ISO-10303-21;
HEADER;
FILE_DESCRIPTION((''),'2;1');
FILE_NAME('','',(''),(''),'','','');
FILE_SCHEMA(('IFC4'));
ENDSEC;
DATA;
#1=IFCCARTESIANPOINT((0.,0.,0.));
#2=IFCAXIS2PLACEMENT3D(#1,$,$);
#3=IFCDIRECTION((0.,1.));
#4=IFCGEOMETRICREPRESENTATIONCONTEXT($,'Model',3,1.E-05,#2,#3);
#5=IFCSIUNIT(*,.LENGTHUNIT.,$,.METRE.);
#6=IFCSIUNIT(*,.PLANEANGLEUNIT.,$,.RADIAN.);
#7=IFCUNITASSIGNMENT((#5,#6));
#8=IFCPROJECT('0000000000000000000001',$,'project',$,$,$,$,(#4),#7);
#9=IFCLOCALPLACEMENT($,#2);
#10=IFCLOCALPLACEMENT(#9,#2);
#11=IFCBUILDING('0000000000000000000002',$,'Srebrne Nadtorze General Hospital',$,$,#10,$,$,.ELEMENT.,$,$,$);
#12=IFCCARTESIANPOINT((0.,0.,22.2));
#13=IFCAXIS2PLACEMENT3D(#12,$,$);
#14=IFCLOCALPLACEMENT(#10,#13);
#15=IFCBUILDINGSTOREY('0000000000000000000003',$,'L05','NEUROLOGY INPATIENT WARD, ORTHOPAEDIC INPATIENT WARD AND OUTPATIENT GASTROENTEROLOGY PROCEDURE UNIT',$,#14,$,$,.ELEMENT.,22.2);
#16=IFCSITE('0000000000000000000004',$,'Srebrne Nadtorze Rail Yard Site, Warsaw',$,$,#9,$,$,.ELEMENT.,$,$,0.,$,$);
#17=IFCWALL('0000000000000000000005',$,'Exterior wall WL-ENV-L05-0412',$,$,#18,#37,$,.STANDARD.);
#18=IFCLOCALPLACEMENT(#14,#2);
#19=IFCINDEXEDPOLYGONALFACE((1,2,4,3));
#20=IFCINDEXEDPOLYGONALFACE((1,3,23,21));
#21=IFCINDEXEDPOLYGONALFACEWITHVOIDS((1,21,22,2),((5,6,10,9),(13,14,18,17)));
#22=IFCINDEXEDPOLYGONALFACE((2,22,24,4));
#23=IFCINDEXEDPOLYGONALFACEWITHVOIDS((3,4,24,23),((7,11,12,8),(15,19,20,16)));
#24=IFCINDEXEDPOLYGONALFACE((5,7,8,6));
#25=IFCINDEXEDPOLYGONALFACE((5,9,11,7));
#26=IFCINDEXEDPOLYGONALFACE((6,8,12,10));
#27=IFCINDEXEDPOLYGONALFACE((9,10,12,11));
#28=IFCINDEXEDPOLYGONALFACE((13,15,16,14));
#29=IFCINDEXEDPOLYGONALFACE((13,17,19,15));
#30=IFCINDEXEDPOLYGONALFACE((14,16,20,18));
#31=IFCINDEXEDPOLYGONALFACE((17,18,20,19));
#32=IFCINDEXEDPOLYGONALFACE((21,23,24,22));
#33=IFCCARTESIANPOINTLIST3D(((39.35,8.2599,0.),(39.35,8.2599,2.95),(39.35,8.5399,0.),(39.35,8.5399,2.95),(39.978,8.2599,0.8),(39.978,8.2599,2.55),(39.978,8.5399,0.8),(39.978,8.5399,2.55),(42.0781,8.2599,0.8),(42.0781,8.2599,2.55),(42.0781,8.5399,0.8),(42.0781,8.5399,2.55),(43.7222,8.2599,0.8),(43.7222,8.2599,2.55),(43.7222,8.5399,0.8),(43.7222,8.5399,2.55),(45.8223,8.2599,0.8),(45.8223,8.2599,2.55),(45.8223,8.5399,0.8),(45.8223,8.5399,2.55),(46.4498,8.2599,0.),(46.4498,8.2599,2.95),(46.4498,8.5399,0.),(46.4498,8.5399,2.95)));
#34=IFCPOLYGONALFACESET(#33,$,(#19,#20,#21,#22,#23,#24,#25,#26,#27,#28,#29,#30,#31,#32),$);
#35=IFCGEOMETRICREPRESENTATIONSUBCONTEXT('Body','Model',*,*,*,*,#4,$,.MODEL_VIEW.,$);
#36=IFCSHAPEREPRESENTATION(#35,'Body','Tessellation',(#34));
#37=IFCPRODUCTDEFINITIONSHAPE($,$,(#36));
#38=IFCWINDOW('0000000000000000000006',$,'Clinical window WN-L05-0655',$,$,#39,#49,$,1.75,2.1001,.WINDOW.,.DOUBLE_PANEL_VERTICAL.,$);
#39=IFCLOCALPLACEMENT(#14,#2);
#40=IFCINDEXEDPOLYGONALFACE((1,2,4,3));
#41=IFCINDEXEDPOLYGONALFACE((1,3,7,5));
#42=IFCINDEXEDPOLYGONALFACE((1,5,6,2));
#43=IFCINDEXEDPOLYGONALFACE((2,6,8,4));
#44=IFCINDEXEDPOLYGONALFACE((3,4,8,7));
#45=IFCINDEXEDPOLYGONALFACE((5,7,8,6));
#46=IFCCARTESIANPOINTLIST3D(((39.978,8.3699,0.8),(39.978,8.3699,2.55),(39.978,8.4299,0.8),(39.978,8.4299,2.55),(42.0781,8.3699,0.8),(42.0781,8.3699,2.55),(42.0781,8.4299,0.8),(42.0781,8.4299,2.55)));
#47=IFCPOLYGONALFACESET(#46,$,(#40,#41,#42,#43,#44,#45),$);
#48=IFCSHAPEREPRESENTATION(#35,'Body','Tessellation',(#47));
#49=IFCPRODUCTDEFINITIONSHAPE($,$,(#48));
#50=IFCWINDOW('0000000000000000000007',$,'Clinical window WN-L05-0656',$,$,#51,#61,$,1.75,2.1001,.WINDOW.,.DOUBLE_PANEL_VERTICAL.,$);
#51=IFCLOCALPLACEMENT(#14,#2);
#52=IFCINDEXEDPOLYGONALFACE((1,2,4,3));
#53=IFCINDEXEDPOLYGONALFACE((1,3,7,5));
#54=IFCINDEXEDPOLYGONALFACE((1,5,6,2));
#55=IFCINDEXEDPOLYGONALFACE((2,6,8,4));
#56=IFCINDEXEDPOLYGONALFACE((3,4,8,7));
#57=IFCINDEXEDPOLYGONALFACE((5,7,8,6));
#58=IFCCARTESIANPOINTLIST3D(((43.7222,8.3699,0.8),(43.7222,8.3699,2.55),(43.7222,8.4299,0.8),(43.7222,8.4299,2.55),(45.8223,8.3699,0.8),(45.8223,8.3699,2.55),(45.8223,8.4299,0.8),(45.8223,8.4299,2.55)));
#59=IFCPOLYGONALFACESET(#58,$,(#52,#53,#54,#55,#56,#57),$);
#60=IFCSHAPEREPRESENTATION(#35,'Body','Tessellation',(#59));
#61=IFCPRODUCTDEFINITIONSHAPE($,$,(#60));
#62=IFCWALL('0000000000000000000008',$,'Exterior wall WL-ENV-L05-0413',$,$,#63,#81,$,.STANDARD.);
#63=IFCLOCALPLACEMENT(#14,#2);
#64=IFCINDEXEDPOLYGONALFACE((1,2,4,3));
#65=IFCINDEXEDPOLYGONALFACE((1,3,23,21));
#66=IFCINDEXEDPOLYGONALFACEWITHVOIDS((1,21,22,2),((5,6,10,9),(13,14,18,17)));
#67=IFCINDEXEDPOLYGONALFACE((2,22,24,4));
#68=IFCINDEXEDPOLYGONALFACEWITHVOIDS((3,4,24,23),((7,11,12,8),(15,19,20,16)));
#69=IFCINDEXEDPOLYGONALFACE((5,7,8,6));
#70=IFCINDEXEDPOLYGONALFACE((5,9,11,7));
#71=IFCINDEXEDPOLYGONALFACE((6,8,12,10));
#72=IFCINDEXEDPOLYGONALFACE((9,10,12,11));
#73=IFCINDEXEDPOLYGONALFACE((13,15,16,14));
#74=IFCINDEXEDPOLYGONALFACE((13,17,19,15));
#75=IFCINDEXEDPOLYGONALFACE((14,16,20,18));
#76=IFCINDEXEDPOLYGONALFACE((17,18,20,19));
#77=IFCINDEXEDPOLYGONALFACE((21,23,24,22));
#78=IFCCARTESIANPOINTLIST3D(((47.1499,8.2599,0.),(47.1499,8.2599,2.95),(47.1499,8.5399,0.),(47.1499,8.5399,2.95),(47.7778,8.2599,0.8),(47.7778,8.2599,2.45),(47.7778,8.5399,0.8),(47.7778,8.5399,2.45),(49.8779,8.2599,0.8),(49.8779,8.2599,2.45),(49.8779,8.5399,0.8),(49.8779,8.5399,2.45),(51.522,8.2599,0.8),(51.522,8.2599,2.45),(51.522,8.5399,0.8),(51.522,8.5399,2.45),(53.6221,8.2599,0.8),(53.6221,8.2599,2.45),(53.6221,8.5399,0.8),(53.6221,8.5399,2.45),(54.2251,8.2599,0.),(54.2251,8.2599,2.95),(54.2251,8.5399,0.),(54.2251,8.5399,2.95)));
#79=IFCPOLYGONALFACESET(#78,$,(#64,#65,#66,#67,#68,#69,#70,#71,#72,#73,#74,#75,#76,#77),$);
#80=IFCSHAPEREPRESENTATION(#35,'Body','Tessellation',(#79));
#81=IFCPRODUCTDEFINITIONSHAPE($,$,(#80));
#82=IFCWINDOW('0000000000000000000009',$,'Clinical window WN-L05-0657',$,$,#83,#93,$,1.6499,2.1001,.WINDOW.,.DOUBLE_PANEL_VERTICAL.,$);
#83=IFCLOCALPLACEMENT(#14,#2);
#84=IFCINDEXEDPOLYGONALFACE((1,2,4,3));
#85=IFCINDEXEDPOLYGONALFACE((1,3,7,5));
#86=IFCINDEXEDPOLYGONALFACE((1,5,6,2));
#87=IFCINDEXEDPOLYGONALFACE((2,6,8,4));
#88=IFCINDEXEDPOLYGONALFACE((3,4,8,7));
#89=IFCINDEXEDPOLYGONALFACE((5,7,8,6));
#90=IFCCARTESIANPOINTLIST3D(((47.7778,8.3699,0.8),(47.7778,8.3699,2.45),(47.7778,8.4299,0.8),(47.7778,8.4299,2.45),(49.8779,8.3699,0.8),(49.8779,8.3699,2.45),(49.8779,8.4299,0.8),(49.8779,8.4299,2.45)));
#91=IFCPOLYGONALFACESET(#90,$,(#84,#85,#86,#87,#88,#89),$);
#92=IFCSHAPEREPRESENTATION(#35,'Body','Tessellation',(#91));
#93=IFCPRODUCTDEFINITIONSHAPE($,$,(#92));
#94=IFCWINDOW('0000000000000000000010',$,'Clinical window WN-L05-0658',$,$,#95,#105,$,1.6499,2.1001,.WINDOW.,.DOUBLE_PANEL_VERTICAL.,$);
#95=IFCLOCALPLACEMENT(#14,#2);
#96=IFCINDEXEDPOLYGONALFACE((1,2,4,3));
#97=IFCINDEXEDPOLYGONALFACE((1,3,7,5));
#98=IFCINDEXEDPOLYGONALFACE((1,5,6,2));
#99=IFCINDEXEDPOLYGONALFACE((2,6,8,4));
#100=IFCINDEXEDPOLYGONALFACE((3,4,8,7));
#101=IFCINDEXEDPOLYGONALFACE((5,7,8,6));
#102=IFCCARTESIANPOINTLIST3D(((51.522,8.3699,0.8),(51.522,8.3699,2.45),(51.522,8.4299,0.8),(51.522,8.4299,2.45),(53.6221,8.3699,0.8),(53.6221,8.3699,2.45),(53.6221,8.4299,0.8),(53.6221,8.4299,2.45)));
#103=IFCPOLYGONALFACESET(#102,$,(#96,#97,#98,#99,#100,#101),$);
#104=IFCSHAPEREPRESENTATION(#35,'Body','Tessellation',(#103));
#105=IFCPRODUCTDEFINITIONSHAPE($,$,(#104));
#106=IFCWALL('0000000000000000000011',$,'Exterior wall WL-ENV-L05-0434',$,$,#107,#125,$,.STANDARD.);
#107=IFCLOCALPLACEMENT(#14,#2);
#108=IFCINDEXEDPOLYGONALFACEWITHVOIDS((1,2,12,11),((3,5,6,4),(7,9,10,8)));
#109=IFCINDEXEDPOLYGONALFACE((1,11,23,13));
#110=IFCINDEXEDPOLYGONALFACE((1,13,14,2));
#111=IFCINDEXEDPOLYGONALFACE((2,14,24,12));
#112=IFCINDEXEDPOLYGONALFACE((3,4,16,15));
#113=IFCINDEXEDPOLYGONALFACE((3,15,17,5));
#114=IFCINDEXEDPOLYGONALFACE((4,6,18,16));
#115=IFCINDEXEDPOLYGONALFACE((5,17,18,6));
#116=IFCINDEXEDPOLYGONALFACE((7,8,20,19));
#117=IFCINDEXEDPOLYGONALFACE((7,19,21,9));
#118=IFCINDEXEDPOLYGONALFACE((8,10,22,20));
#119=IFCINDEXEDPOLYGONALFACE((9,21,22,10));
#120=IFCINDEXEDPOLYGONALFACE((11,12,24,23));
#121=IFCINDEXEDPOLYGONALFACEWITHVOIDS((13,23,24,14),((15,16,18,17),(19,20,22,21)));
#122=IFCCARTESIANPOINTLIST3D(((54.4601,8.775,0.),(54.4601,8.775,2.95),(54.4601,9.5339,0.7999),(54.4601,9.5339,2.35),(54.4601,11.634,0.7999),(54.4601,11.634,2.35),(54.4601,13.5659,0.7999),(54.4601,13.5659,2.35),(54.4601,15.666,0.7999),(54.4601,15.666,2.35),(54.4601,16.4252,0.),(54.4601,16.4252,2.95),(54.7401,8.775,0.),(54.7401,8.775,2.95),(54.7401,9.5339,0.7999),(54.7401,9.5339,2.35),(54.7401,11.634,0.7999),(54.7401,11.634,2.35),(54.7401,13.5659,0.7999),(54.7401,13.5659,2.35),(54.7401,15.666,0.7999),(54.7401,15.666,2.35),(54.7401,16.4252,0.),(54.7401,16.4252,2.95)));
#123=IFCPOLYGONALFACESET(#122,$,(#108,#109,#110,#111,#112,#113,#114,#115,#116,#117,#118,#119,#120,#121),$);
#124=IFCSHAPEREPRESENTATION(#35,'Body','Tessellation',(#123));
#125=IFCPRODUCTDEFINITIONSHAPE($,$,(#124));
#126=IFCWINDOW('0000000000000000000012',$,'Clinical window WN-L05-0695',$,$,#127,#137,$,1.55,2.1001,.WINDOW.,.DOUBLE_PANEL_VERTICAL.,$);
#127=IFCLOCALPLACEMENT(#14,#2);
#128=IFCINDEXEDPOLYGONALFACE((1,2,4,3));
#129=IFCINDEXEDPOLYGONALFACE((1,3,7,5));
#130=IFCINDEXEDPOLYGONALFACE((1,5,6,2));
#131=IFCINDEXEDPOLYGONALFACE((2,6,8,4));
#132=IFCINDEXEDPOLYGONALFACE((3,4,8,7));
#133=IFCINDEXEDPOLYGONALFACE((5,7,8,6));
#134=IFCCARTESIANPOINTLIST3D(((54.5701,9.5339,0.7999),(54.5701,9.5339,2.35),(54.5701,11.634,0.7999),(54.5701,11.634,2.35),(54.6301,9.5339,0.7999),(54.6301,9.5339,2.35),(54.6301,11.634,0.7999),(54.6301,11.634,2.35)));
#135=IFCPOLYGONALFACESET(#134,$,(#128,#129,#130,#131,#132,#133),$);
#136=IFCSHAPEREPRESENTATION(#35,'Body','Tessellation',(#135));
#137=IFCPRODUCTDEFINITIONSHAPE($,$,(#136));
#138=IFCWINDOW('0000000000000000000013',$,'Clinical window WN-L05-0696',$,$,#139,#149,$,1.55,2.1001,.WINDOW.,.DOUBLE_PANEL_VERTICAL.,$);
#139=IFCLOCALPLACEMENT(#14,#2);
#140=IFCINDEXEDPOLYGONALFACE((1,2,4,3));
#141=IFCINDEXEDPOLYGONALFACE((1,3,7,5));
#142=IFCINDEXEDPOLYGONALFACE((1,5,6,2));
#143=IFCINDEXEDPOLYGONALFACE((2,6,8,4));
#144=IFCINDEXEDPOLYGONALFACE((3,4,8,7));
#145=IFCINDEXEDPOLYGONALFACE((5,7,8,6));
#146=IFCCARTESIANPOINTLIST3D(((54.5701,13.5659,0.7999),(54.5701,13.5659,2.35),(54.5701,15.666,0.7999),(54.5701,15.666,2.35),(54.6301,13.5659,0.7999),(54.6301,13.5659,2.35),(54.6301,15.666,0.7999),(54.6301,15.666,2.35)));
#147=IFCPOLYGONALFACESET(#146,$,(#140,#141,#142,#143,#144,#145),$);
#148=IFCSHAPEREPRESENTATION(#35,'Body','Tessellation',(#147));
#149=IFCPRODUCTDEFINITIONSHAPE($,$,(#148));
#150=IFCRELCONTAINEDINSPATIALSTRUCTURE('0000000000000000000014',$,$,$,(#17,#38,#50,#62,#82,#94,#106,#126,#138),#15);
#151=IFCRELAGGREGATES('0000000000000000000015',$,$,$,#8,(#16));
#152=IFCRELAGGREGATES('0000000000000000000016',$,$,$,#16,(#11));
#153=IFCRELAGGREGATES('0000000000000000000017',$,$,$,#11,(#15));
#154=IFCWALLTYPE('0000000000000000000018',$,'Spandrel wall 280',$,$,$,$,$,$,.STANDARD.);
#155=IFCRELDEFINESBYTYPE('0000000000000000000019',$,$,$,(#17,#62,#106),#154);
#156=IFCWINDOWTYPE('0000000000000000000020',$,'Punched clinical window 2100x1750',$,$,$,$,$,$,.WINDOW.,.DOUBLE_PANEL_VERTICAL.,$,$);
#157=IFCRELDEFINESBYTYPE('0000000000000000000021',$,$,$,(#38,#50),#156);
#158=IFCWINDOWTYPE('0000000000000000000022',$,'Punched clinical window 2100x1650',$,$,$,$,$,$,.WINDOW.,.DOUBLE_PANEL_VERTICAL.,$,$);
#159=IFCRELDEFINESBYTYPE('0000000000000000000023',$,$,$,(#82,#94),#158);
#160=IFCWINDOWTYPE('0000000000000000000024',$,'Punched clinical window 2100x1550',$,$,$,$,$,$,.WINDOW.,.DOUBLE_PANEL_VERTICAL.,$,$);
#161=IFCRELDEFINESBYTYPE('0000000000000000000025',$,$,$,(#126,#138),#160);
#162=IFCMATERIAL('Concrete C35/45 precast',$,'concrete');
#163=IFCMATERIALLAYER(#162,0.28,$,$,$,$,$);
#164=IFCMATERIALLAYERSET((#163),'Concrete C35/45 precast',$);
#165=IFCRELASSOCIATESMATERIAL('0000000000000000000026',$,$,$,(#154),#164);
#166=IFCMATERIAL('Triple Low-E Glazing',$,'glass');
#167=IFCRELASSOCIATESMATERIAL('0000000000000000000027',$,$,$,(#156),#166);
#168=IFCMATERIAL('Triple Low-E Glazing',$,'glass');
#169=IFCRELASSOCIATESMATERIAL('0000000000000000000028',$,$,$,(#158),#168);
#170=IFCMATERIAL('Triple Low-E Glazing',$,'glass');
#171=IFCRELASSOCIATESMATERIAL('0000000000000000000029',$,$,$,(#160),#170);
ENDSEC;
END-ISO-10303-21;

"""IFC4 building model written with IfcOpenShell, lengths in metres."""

from ifc_helpers import new_model, si_unit, direction, frame, frame_2d, origin, place, context, subcontext, project, spatial, rectangle, extrude, material, layer, layer_set, type_object, element, fill, save


model = new_model("IFC4")

# Units and contexts
model_context = context("Model", 3, precision=1e-05, world=origin(), true_north=direction((0.0, 1.0)))
body_context = subcontext(model_context, "Body", "Model", "MODEL_VIEW")
ifc_project = project(units=[si_unit("LENGTHUNIT", "METRE"), si_unit("PLANEANGLEUNIT", "RADIAN")], contexts=[model_context])

# Site, building, storey
site_placement = place(None, origin())
site = spatial("IfcSite", under=ifc_project, at=site_placement, Name="Srebrne Nadtorze Rail Yard Site, Warsaw", CompositionType="ELEMENT", RefElevation=0.0)
building_placement = place(site_placement, origin())
building = spatial("IfcBuilding", under=site, at=building_placement, Name="Srebrne Nadtorze General Hospital", CompositionType="ELEMENT")
storey_placement = place(building_placement, frame((0.0, 0.0, 22.2)))
storey = spatial("IfcBuildingStorey", under=building, at=storey_placement, Name="L05", Description="NEUROLOGY INPATIENT WARD, ORTHOPAEDIC INPATIENT WARD AND OUTPATIENT GASTROENTEROLOGY PROCEDURE UNIT", CompositionType="ELEMENT", Elevation=22.2)

# Walls, openings, windows
ifc_material_1 = material(Name="Concrete C35/45 precast", Category="concrete")
ifc_layer_1 = layer(ifc_material_1, 0.28)
ifc_layer_set_1 = layer_set([ifc_layer_1], Name="Concrete C35/45 precast")
wall_type = type_object("IfcWallType", Name="Spandrel wall 280", PredefinedType="STANDARD", material=ifc_layer_set_1)
wall_1_placement = place(storey_placement, frame((39.3501, 8.3999, 0.0), z_axis=(0.0, 0.0, 1.0), x_axis=(1.0, 0.0, 0.0)))
wall_1 = element("IfcWall", 1, at=wall_1_placement, inside=storey, type_object=wall_type, Name="Exterior wall WL-ENV-L05-0412", PredefinedType="STANDARD", context=body_context, shape_type="SweptSolid", body=[
    extrude(rectangle(XDim=7.0999, YDim=0.28, at=frame_2d((3.5498, 0.0))), origin(), (0.0, 0.0, 1.0), 2.95),
])
opening_1_placement = place(wall_1_placement, frame((0.6279, 0.0, 0.8)))
opening_1 = element("IfcOpeningElement", 2, at=opening_1_placement, cuts=wall_1, PredefinedType="OPENING", context=body_context, shape_type="SweptSolid", body=[
    extrude(rectangle(XDim=2.1001, YDim=1.75, at=frame_2d((1.05, 0.875))), frame((0.0, 0.1519, 0.0), z_axis=(0.0, -1.0, 0.0), x_axis=(1.0, 0.0, 0.0)), (0.0, 0.0, 1.0), 0.304),
])
opening_2_placement = place(wall_1_placement, frame((4.3721, 0.0, 0.8)))
opening_2 = element("IfcOpeningElement", 3, at=opening_2_placement, cuts=wall_1, PredefinedType="OPENING", context=body_context, shape_type="SweptSolid", body=[
    extrude(rectangle(XDim=2.1001, YDim=1.75, at=frame_2d((1.05, 0.875))), frame((0.0, 0.1519, 0.0), z_axis=(0.0, -1.0, 0.0), x_axis=(1.0, 0.0, 0.0)), (0.0, 0.0, 1.0), 0.304),
])
ifc_material_2 = material(Name="Triple Low-E Glazing", Category="glass")
window_type_1 = type_object("IfcWindowType", Name="Punched clinical window 2100x1750", PartitioningType="DOUBLE_PANEL_VERTICAL", PredefinedType="WINDOW", material=ifc_material_2)
window_1_placement = place(opening_1_placement, origin())
window_1 = element("IfcWindow", 4, at=window_1_placement, inside=storey, type_object=window_type_1, Name="Clinical window WN-L05-0655", OverallHeight=1.75, OverallWidth=2.1001, PartitioningType="DOUBLE_PANEL_VERTICAL", PredefinedType="WINDOW", context=body_context, shape_type="SweptSolid", body=[
    extrude(rectangle(XDim=2.1001, YDim=1.75, at=frame_2d((1.05, 0.875))), frame((0.0, 0.03, 0.0), z_axis=(0.0, -1.0, 0.0), x_axis=(1.0, 0.0, 0.0)), (0.0, 0.0, 1.0), 0.0601),
])
fill(opening_1, window_1)
window_2_placement = place(opening_2_placement, origin())
window_2 = element("IfcWindow", 5, at=window_2_placement, inside=storey, type_object=window_type_1, Name="Clinical window WN-L05-0656", OverallHeight=1.75, OverallWidth=2.1001, PartitioningType="DOUBLE_PANEL_VERTICAL", PredefinedType="WINDOW", context=body_context, shape_type="SweptSolid", body=[
    extrude(rectangle(XDim=2.1001, YDim=1.75, at=frame_2d((1.05, 0.875))), frame((0.0, 0.03, 0.0), z_axis=(0.0, -1.0, 0.0), x_axis=(1.0, 0.0, 0.0)), (0.0, 0.0, 1.0), 0.0601),
])
fill(opening_2, window_2)
wall_2_placement = place(storey_placement, frame((47.1499, 8.3999, 0.0), z_axis=(0.0, 0.0, 1.0), x_axis=(1.0, 0.0, 0.0)))
wall_2 = element("IfcWall", 6, at=wall_2_placement, inside=storey, type_object=wall_type, Name="Exterior wall WL-ENV-L05-0413", PredefinedType="STANDARD", context=body_context, shape_type="SweptSolid", body=[
    extrude(rectangle(XDim=7.0752, YDim=0.28, at=frame_2d((3.5376, 0.0))), origin(), (0.0, 0.0, 1.0), 2.95),
])
opening_3_placement = place(wall_2_placement, frame((0.6279, 0.0, 0.8)))
opening_3 = element("IfcOpeningElement", 7, at=opening_3_placement, cuts=wall_2, PredefinedType="OPENING", context=body_context, shape_type="SweptSolid", body=[
    extrude(rectangle(XDim=2.1001, YDim=1.6499, at=frame_2d((1.05, 0.825))), frame((0.0, 0.1519, 0.0), z_axis=(0.0, -1.0, 0.0), x_axis=(1.0, 0.0, 0.0)), (0.0, 0.0, 1.0), 0.304),
])
opening_4_placement = place(wall_2_placement, frame((4.3721, 0.0, 0.8)))
opening_4 = element("IfcOpeningElement", 8, at=opening_4_placement, cuts=wall_2, PredefinedType="OPENING", context=body_context, shape_type="SweptSolid", body=[
    extrude(rectangle(XDim=2.1001, YDim=1.6499, at=frame_2d((1.05, 0.825))), frame((0.0, 0.1519, 0.0), z_axis=(0.0, -1.0, 0.0), x_axis=(1.0, 0.0, 0.0)), (0.0, 0.0, 1.0), 0.304),
])
ifc_material_3 = material(Name="Triple Low-E Glazing", Category="glass")
window_type_2 = type_object("IfcWindowType", Name="Punched clinical window 2100x1650", PartitioningType="DOUBLE_PANEL_VERTICAL", PredefinedType="WINDOW", material=ifc_material_3)
window_3_placement = place(opening_3_placement, origin())
window_3 = element("IfcWindow", 9, at=window_3_placement, inside=storey, type_object=window_type_2, Name="Clinical window WN-L05-0657", OverallHeight=1.6499, OverallWidth=2.1001, PartitioningType="DOUBLE_PANEL_VERTICAL", PredefinedType="WINDOW", context=body_context, shape_type="SweptSolid", body=[
    extrude(rectangle(XDim=2.1001, YDim=1.6499, at=frame_2d((1.05, 0.825))), frame((0.0, 0.03, 0.0), z_axis=(0.0, -1.0, 0.0), x_axis=(1.0, 0.0, 0.0)), (0.0, 0.0, 1.0), 0.0601),
])
fill(opening_3, window_3)
window_4_placement = place(opening_4_placement, origin())
window_4 = element("IfcWindow", 10, at=window_4_placement, inside=storey, type_object=window_type_2, Name="Clinical window WN-L05-0658", OverallHeight=1.6499, OverallWidth=2.1001, PartitioningType="DOUBLE_PANEL_VERTICAL", PredefinedType="WINDOW", context=body_context, shape_type="SweptSolid", body=[
    extrude(rectangle(XDim=2.1001, YDim=1.6499, at=frame_2d((1.05, 0.825))), frame((0.0, 0.03, 0.0), z_axis=(0.0, -1.0, 0.0), x_axis=(1.0, 0.0, 0.0)), (0.0, 0.0, 1.0), 0.0601),
])
fill(opening_4, window_4)
wall_3_placement = place(storey_placement, frame((54.6001, 8.7749, 0.0), z_axis=(0.0, 0.0, 1.0), x_axis=(0.0, 1.0, 0.0)))
wall_3 = element("IfcWall", 11, at=wall_3_placement, inside=storey, type_object=wall_type, Name="Exterior wall WL-ENV-L05-0434", PredefinedType="STANDARD", context=body_context, shape_type="SweptSolid", body=[
    extrude(rectangle(XDim=7.6501, YDim=0.28, at=frame_2d((3.8252, 0.0))), origin(), (0.0, 0.0, 1.0), 2.95),
])
opening_5_placement = place(wall_3_placement, frame((0.759, 0.0, 0.8)))
opening_5 = element("IfcOpeningElement", 12, at=opening_5_placement, cuts=wall_3, PredefinedType="OPENING", context=body_context, shape_type="SweptSolid", body=[
    extrude(rectangle(XDim=2.1001, YDim=1.55, at=frame_2d((1.05, 0.7749))), frame((0.0, 0.1519, 0.0), z_axis=(0.0, -1.0, 0.0), x_axis=(1.0, 0.0, 0.0)), (0.0, 0.0, 1.0), 0.304),
])
opening_6_placement = place(wall_3_placement, frame((4.791, 0.0, 0.8)))
opening_6 = element("IfcOpeningElement", 13, at=opening_6_placement, cuts=wall_3, PredefinedType="OPENING", context=body_context, shape_type="SweptSolid", body=[
    extrude(rectangle(XDim=2.1001, YDim=1.55, at=frame_2d((1.05, 0.7749))), frame((0.0, 0.1519, 0.0), z_axis=(0.0, -1.0, 0.0), x_axis=(1.0, 0.0, 0.0)), (0.0, 0.0, 1.0), 0.304),
])
ifc_material_4 = material(Name="Triple Low-E Glazing", Category="glass")
window_type_3 = type_object("IfcWindowType", Name="Punched clinical window 2100x1550", PartitioningType="DOUBLE_PANEL_VERTICAL", PredefinedType="WINDOW", material=ifc_material_4)
window_5_placement = place(opening_5_placement, origin())
window_5 = element("IfcWindow", 14, at=window_5_placement, inside=storey, type_object=window_type_3, Name="Clinical window WN-L05-0695", OverallHeight=1.55, OverallWidth=2.1001, PartitioningType="DOUBLE_PANEL_VERTICAL", PredefinedType="WINDOW", context=body_context, shape_type="SweptSolid", body=[
    extrude(rectangle(XDim=2.1001, YDim=1.55, at=frame_2d((1.05, 0.7749))), frame((0.0, 0.03, 0.0), z_axis=(0.0, -1.0, 0.0), x_axis=(1.0, 0.0, 0.0)), (0.0, 0.0, 1.0), 0.0601),
])
fill(opening_5, window_5)
window_6_placement = place(opening_6_placement, origin())
window_6 = element("IfcWindow", 15, at=window_6_placement, inside=storey, type_object=window_type_3, Name="Clinical window WN-L05-0696", OverallHeight=1.55, OverallWidth=2.1001, PartitioningType="DOUBLE_PANEL_VERTICAL", PredefinedType="WINDOW", context=body_context, shape_type="SweptSolid", body=[
    extrude(rectangle(XDim=2.1001, YDim=1.55, at=frame_2d((1.05, 0.7749))), frame((0.0, 0.03, 0.0), z_axis=(0.0, -1.0, 0.0), x_axis=(1.0, 0.0, 0.0)), (0.0, 0.0, 1.0), 0.0601),
])
fill(opening_6, window_6)

save(model, "model.ifc")
